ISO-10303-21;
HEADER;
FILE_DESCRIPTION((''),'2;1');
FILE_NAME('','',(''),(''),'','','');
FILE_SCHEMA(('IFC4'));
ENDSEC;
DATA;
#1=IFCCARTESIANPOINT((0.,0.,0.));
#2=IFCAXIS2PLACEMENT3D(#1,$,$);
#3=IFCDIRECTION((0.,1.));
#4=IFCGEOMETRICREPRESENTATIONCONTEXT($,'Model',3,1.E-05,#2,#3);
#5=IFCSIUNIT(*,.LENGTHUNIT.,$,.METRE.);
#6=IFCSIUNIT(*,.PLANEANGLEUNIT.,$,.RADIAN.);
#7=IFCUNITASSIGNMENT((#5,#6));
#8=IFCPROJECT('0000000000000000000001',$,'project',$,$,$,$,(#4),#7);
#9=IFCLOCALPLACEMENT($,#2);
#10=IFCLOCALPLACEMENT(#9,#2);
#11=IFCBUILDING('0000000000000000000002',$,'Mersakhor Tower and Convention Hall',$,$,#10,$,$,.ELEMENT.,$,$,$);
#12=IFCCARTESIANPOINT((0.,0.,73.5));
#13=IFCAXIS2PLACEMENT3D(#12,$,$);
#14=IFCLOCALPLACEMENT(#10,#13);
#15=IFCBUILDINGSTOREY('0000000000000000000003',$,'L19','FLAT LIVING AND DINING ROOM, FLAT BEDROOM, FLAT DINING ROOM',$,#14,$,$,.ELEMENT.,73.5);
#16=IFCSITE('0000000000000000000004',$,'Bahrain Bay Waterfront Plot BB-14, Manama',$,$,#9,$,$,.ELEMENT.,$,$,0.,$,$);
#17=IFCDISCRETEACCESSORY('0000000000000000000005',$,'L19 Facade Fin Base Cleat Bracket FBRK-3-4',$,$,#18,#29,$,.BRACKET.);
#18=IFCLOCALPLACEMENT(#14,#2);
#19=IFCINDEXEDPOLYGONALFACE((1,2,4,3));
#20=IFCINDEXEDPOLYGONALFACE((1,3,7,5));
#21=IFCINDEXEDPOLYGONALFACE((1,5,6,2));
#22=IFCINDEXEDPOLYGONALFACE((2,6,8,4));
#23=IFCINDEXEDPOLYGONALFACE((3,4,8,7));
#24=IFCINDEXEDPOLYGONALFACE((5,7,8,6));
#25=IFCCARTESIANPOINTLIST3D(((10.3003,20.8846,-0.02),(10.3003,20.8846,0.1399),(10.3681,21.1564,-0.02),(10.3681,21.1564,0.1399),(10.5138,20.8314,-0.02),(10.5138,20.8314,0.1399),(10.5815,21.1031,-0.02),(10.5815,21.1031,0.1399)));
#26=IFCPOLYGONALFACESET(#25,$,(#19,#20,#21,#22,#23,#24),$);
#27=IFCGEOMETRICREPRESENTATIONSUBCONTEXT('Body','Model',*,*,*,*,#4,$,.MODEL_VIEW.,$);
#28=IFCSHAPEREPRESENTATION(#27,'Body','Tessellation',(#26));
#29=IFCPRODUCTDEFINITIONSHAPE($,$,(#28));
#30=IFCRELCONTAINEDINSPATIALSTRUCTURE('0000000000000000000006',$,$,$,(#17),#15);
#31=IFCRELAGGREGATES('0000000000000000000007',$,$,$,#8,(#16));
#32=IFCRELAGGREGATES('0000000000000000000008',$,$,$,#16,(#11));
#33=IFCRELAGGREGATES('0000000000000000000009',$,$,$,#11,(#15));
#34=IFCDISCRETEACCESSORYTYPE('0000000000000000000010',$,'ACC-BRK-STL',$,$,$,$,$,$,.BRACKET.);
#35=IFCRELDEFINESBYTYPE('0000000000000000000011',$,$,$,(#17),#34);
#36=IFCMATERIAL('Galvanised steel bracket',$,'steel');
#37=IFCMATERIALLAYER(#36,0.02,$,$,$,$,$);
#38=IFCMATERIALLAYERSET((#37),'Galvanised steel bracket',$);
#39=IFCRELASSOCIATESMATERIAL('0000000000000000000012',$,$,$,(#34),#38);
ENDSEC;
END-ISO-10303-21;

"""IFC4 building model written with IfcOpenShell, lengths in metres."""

from ifc_helpers import new_model, si_unit, direction, frame, origin, origin_2d, place, context, subcontext, project, spatial, rectangle, extrude, material, layer, layer_set, type_object, element, save


model = new_model("IFC4")

# Units and contexts
model_context = context("Model", 3, precision=1e-05, world=origin(), true_north=direction((0.0, 1.0)))
body_context = subcontext(model_context, "Body", "Model", "MODEL_VIEW")
ifc_project = project(units=[si_unit("LENGTHUNIT", "METRE"), si_unit("PLANEANGLEUNIT", "RADIAN")], contexts=[model_context])

# Site, building, storey
site_placement = place(None, origin())
site = spatial("IfcSite", under=ifc_project, at=site_placement, Name="Bahrain Bay Waterfront Plot BB-14, Manama", CompositionType="ELEMENT", RefElevation=0.0)
building_placement = place(site_placement, origin())
building = spatial("IfcBuilding", under=site, at=building_placement, Name="Mersakhor Tower and Convention Hall", CompositionType="ELEMENT")
storey_placement = place(building_placement, frame((0.0, 0.0, 73.5)))
storey = spatial("IfcBuildingStorey", under=building, at=storey_placement, Name="L19", Description="FLAT LIVING AND DINING ROOM, FLAT BEDROOM, FLAT DINING ROOM", CompositionType="ELEMENT", Elevation=73.5)

# Discrete accessory
ifc_material_1 = material(Name="Galvanised steel bracket", Category="steel")
ifc_layer_1 = layer(ifc_material_1, 0.02)
ifc_layer_set_1 = layer_set([ifc_layer_1], Name="Galvanised steel bracket")
discrete_accessory_type = type_object("IfcDiscreteAccessoryType", Name="ACC-BRK-STL", PredefinedType="BRACKET", material=ifc_layer_set_1)
discrete_accessory_placement = place(storey_placement, frame((10.4409, 20.9939, -0.02), z_axis=(0.0, 0.0, 1.0), x_axis=(-0.241922, -0.970296, 0.0)))
element("IfcDiscreteAccessory", 1, at=discrete_accessory_placement, inside=storey, type_object=discrete_accessory_type, Name="L19 Facade Fin Base Cleat Bracket FBRK-3-4", PredefinedType="BRACKET", context=body_context, shape_type="SweptSolid", body=[
    extrude(rectangle(XDim=0.28, YDim=0.22, at=origin_2d()), origin(), (0.0, 0.0, 1.0), 0.1599),
])

save(model, "model.ifc")
